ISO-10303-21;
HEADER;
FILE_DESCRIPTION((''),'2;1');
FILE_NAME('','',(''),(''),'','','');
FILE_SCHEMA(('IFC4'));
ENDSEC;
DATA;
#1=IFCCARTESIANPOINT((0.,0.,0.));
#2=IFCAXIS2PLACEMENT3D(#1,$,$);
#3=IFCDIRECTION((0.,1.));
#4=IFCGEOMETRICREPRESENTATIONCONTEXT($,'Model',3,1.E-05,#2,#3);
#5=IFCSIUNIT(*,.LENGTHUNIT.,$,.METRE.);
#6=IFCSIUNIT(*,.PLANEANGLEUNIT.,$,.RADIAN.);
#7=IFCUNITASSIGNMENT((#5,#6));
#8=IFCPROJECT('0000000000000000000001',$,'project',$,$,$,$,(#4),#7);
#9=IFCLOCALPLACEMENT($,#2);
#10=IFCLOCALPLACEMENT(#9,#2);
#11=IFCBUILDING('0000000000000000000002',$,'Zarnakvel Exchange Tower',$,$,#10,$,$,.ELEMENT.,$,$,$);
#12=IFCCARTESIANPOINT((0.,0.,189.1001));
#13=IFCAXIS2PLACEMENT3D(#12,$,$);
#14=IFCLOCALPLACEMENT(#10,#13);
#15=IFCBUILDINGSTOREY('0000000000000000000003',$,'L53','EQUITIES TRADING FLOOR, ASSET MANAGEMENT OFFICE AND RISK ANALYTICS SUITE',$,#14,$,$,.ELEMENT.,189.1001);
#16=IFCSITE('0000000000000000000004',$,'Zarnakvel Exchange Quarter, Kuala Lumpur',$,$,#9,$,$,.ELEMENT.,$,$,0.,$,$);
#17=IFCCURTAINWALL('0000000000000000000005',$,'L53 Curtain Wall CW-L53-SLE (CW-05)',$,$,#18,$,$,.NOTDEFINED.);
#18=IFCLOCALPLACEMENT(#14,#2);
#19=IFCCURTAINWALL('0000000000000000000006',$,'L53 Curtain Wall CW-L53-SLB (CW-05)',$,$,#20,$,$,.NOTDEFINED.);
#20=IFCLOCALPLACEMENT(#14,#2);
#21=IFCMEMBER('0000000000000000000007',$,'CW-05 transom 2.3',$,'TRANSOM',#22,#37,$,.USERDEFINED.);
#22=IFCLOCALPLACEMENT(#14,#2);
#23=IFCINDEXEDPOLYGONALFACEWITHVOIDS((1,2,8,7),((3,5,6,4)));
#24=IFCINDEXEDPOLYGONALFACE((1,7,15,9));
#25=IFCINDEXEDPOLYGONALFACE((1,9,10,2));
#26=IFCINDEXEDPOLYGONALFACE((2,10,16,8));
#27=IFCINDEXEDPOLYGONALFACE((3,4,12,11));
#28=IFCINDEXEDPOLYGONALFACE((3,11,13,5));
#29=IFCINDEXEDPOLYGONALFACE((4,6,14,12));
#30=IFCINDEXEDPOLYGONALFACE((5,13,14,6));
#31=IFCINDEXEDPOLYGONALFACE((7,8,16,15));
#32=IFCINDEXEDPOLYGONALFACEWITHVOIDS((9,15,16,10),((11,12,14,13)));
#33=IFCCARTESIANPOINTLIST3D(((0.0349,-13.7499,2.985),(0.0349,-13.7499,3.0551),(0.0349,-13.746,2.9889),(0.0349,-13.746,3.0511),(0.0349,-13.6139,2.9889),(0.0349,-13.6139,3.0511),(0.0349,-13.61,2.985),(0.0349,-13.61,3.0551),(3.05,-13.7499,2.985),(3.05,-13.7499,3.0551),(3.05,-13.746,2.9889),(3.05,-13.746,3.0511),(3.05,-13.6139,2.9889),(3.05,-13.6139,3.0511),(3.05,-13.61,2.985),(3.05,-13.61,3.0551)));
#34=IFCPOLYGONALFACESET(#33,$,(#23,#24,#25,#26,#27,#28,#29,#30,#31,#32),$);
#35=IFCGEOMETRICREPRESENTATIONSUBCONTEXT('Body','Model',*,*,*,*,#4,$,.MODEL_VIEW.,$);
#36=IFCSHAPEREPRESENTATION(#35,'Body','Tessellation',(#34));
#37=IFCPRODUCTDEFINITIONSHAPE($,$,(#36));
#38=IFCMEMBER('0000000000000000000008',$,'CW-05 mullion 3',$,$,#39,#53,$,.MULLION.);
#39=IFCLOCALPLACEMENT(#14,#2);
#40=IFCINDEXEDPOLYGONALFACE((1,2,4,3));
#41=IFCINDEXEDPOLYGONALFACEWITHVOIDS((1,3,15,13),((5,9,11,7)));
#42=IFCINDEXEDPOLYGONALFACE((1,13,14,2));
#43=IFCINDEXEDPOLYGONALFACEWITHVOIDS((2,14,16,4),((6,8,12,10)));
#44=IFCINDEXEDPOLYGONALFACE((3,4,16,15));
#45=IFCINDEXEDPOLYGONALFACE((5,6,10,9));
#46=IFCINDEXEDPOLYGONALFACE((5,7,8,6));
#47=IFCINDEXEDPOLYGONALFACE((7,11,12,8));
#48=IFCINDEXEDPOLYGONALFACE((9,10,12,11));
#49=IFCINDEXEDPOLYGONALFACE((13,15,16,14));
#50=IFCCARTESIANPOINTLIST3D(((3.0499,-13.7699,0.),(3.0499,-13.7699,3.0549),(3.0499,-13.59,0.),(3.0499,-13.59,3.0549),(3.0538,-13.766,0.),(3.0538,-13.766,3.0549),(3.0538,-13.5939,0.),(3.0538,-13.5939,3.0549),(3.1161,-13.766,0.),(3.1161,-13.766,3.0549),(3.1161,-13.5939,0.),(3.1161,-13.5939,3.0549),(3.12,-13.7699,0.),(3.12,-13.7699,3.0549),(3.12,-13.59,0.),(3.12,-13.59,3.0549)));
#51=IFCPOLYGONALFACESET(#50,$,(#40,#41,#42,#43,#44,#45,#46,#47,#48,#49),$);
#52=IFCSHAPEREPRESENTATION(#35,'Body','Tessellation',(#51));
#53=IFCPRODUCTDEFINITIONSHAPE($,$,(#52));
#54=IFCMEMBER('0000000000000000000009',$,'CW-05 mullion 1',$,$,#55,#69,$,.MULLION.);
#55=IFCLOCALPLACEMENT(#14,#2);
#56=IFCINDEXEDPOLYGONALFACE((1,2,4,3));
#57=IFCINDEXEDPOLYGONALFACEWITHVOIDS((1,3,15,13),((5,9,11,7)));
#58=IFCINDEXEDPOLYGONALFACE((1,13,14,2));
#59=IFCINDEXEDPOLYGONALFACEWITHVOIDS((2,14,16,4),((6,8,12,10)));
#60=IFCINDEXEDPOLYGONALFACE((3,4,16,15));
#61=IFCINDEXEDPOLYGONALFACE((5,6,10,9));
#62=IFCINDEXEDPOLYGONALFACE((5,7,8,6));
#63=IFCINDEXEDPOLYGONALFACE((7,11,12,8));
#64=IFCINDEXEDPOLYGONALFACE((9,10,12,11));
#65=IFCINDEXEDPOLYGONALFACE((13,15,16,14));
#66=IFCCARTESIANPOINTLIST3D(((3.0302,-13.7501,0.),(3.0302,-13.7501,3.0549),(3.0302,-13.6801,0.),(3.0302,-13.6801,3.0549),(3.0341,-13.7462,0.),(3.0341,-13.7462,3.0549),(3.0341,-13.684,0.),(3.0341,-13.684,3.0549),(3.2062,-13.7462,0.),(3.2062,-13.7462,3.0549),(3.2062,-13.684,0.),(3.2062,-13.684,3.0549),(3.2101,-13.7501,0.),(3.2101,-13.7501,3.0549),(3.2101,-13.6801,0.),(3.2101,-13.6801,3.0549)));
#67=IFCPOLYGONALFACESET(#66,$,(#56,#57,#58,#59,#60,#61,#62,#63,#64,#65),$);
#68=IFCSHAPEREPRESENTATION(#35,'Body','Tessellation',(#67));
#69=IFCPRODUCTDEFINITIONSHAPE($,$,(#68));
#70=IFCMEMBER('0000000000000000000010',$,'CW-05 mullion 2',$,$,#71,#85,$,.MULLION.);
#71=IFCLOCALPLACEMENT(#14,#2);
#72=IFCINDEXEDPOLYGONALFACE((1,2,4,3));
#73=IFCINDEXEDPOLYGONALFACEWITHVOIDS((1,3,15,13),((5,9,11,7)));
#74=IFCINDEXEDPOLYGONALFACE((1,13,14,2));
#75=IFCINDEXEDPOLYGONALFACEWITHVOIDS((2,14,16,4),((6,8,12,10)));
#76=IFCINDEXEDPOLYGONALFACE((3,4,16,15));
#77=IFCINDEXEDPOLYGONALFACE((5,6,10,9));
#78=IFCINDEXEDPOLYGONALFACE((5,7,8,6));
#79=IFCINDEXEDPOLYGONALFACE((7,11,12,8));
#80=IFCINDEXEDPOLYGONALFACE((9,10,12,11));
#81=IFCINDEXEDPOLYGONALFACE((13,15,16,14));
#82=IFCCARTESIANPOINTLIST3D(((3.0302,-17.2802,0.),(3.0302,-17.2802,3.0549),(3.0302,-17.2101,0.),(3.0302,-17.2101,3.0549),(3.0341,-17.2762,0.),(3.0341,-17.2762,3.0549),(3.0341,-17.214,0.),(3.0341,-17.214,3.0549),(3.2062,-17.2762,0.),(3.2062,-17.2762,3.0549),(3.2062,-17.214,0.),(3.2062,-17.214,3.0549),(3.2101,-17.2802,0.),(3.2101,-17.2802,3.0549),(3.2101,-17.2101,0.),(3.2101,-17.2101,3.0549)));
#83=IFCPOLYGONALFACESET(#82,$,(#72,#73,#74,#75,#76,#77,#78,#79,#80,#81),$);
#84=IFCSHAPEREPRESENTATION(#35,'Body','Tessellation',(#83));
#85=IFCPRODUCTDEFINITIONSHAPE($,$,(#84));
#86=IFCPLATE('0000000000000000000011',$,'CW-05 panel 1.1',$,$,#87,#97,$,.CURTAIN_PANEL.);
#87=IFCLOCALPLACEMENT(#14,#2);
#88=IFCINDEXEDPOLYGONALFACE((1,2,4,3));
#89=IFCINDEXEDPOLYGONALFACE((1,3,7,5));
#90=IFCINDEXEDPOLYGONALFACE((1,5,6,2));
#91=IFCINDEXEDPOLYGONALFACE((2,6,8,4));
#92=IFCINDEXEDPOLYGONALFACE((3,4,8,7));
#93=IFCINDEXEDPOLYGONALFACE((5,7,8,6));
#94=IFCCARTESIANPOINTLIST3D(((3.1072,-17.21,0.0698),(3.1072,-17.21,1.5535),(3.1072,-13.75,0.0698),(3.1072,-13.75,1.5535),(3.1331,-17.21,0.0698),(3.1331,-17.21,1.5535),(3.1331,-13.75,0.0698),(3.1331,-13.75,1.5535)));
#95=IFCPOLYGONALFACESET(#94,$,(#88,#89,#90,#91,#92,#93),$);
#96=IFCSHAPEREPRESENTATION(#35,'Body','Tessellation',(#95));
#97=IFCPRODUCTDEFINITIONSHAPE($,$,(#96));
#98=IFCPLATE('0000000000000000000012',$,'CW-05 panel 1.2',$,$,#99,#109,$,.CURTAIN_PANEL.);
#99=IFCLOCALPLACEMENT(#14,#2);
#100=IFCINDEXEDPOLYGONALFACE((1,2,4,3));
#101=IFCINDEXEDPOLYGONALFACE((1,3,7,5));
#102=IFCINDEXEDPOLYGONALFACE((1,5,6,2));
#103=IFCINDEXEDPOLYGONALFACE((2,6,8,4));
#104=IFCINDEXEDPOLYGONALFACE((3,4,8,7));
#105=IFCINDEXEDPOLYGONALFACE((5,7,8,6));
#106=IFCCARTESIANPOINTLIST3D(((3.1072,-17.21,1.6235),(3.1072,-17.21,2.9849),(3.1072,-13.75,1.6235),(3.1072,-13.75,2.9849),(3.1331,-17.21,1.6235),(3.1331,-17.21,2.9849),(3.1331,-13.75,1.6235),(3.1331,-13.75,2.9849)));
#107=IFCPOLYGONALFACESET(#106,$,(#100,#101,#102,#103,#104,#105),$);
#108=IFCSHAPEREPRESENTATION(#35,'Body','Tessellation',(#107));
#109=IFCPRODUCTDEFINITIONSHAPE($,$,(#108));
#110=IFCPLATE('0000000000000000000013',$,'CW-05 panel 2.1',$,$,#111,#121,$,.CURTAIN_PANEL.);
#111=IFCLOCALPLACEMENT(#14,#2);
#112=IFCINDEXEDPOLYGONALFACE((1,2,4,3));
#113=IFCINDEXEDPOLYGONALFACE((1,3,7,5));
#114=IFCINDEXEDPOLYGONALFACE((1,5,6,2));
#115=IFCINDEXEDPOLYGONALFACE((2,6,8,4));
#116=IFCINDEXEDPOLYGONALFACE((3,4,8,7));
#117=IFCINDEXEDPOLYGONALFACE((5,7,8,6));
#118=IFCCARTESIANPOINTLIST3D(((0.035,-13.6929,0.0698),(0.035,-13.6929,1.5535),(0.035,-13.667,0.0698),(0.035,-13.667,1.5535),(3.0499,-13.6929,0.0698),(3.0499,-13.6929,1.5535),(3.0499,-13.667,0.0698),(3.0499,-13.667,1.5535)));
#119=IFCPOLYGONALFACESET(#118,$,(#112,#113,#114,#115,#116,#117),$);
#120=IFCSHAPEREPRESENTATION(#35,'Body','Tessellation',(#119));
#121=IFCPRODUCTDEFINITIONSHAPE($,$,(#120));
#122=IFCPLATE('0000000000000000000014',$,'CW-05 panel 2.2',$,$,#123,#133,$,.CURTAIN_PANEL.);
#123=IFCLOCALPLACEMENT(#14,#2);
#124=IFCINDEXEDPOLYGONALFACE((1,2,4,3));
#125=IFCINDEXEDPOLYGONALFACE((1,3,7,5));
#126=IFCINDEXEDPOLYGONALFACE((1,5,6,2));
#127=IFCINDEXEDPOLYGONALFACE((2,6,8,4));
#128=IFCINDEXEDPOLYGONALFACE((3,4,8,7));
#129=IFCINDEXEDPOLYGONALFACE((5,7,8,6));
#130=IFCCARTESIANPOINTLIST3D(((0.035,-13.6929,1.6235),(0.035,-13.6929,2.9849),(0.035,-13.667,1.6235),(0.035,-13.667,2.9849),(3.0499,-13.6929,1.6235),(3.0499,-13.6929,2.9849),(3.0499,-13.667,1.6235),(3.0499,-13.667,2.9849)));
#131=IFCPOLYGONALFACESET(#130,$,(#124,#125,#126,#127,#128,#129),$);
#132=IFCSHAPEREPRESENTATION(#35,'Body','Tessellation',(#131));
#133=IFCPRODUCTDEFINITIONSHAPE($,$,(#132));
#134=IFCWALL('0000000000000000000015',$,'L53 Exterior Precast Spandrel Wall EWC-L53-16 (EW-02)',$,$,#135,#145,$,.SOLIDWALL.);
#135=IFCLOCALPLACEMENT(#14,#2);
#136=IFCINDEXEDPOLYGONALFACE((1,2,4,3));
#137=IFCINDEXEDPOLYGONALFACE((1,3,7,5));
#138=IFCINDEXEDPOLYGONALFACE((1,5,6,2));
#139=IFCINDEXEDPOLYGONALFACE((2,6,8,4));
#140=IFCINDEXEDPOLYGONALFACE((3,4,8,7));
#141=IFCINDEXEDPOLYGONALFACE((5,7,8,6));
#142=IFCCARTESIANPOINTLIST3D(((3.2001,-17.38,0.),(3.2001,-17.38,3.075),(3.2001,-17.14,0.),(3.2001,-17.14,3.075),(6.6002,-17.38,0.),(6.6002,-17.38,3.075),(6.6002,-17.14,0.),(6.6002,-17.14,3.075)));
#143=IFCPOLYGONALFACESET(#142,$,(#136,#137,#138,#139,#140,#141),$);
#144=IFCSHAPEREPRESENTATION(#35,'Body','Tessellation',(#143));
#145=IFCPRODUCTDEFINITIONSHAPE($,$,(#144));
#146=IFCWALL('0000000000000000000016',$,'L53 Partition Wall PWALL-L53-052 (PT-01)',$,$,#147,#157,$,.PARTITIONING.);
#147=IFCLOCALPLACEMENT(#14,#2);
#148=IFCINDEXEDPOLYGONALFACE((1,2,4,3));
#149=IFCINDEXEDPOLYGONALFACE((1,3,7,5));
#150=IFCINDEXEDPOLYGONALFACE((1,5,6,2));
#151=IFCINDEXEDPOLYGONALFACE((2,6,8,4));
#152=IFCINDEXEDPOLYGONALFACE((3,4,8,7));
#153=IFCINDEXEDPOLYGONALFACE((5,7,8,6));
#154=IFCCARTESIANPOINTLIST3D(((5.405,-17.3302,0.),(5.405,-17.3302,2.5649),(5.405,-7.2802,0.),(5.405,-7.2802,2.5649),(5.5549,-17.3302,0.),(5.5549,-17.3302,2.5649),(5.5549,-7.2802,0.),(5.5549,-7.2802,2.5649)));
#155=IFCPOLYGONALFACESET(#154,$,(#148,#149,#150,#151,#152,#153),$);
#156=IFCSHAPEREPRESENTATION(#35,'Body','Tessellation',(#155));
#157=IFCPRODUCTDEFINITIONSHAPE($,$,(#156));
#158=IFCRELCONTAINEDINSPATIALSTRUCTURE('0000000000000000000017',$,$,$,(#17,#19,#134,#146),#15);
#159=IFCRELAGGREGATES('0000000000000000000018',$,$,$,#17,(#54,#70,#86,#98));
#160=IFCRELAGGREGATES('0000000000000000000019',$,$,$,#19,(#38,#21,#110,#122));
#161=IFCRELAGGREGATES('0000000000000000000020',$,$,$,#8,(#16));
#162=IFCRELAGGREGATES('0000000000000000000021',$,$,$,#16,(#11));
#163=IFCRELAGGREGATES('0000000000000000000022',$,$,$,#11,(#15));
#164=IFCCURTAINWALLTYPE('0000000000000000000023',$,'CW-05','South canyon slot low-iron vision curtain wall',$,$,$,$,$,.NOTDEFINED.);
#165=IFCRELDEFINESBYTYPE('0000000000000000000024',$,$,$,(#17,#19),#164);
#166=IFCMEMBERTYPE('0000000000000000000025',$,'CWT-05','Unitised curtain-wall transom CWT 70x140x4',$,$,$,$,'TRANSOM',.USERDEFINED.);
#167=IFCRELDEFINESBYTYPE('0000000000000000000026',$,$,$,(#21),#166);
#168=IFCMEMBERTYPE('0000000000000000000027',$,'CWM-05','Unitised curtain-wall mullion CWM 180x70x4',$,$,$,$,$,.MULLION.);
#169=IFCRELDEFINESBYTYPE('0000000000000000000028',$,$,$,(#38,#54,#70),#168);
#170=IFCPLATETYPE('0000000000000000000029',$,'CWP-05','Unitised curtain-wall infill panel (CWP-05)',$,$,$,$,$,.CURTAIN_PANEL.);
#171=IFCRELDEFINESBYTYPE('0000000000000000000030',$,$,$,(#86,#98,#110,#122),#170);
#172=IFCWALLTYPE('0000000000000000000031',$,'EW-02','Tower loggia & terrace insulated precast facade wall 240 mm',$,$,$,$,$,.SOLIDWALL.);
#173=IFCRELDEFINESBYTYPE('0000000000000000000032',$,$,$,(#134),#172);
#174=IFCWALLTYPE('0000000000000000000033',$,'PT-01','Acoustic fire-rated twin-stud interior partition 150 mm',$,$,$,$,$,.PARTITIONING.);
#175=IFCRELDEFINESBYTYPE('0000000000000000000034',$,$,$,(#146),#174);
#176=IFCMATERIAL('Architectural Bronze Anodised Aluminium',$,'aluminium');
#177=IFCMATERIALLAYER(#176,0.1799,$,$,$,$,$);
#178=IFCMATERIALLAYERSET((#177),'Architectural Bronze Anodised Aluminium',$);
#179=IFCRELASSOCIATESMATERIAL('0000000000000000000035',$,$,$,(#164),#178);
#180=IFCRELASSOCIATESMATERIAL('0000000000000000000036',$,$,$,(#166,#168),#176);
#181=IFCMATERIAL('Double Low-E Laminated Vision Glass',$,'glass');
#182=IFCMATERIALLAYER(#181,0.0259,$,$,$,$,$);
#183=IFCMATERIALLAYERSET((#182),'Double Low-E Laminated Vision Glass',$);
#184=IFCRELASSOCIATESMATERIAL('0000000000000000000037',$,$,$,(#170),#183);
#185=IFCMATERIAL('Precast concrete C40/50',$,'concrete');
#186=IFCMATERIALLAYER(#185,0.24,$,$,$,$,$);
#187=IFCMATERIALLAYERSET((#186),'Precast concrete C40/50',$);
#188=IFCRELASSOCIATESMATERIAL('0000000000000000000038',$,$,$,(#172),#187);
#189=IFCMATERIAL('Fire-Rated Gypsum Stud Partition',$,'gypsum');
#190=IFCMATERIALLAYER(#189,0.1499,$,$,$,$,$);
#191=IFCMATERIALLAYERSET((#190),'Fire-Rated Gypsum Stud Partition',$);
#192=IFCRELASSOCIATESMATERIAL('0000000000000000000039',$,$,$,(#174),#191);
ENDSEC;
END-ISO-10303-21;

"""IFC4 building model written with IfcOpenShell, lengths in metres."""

from ifc_helpers import new_model, si_unit, direction, frame, frame_2d, origin, origin_2d, place, context, subcontext, project, spatial, rectangle, hollow_rectangle, extrude, source, transform, mapped, material, layer, layer_set, material_profile, profile_set, type_object, element, aggregate, save


model = new_model("IFC4")

# Units and contexts
model_context = context("Model", 3, precision=1e-05, world=origin(), true_north=direction((0.0, 1.0)))
body_context = subcontext(model_context, "Body", "Model", "MODEL_VIEW")
ifc_project = project(units=[si_unit("LENGTHUNIT", "METRE"), si_unit("PLANEANGLEUNIT", "RADIAN")], contexts=[model_context])

# Site, building, storey
site_placement = place(None, origin())
site = spatial("IfcSite", under=ifc_project, at=site_placement, Name="Zarnakvel Exchange Quarter, Kuala Lumpur", CompositionType="ELEMENT", RefElevation=0.0)
building_placement = place(site_placement, origin())
building = spatial("IfcBuilding", under=site, at=building_placement, Name="Zarnakvel Exchange Tower", CompositionType="ELEMENT")
storey_placement = place(building_placement, frame((0.0, 0.0, 189.1001)))
storey = spatial("IfcBuildingStorey", under=building, at=storey_placement, Name="L53", Description="EQUITIES TRADING FLOOR, ASSET MANAGEMENT OFFICE AND RISK ANALYTICS SUITE", CompositionType="ELEMENT", Elevation=189.1001)

# Curtain walls, members
ifc_material_1 = material(Name="Architectural Bronze Anodised Aluminium", Category="aluminium")
ifc_layer_1 = layer(ifc_material_1, 0.1799)
ifc_layer_set_1 = layer_set([ifc_layer_1], Name="Architectural Bronze Anodised Aluminium")
curtain_wall_type = type_object("IfcCurtainWallType", Name="CW-05", Description="South canyon slot low-iron vision curtain wall", PredefinedType="NOTDEFINED", material=ifc_layer_set_1)
curtain_wall_1_placement = place(storey_placement, origin())
curtain_wall_1 = element("IfcCurtainWall", 1, at=curtain_wall_1_placement, inside=storey, type_object=curtain_wall_type, Name="L53 Curtain Wall CW-L53-SLE (CW-05)", PredefinedType="NOTDEFINED")
ifc_material_profile_1 = material_profile(ifc_material_1, hollow_rectangle(XDim=0.1399, YDim=0.0701, WallThickness=0.0039, at=origin_2d()))
ifc_profile_set_1 = profile_set([ifc_material_profile_1], Name="Architectural Bronze Anodised Aluminium")
member_type_1 = type_object("IfcMemberType", Name="CWT-05", Description="Unitised curtain-wall transom CWT 70x140x4", ElementType="TRANSOM", PredefinedType="USERDEFINED", material=ifc_profile_set_1)
curtain_wall_2_placement = place(storey_placement, origin())
curtain_wall_2 = element("IfcCurtainWall", 2, at=curtain_wall_2_placement, inside=storey, type_object=curtain_wall_type, Name="L53 Curtain Wall CW-L53-SLB (CW-05)", PredefinedType="NOTDEFINED")
shared_shape_1 = source(origin(), body_context, "Body", "SweptSolid", [
    extrude(hollow_rectangle(XDim=0.1399, YDim=0.0701, WallThickness=0.0039, at=origin_2d()), origin(), (0.0, 0.0, 1.0), 3.0151),
])
member_1_placement = place(storey_placement, frame((0.0349, -13.6799, 3.02), z_axis=(1.0, 0.0, 0.0), x_axis=(0.0, 1.0, 0.0)))
member_1 = element("IfcMember", 3, at=member_1_placement, type_object=member_type_1, Name="CW-05 transom 2.3", ObjectType="TRANSOM", PredefinedType="USERDEFINED", context=body_context, shape_type="MappedRepresentation", body=[
    mapped(shared_shape_1, transform((0.0, 0.0, 0.0), x_axis=(1.0, 0.0, 0.0), y_axis=(0.0, 1.0, 0.0), z_axis=(0.0, 0.0, 1.0), scale=1.0)),
])
ifc_material_profile_2 = material_profile(ifc_material_1, hollow_rectangle(XDim=0.1799, YDim=0.0701, WallThickness=0.0039, at=origin_2d()))
ifc_profile_set_2 = profile_set([ifc_material_profile_2], Name="Architectural Bronze Anodised Aluminium")
member_type_2 = type_object("IfcMemberType", Name="CWM-05", Description="Unitised curtain-wall mullion CWM 180x70x4", PredefinedType="MULLION", material=ifc_profile_set_2)
shared_shape_2 = source(origin(), body_context, "Body", "SweptSolid", [
    extrude(hollow_rectangle(XDim=0.1799, YDim=0.0701, WallThickness=0.0039, at=origin_2d()), origin(), (0.0, 0.0, 1.0), 3.0549),
])
member_2_placement = place(storey_placement, frame((3.085, -13.6799, 0.0), z_axis=(0.0, 0.0, 1.0), x_axis=(0.0, 1.0, 0.0)))
member_2 = element("IfcMember", 4, at=member_2_placement, type_object=member_type_2, Name="CW-05 mullion 3", PredefinedType="MULLION", context=body_context, shape_type="MappedRepresentation", body=[
    mapped(shared_shape_2, transform((0.0, 0.0, 0.0), x_axis=(1.0, 0.0, 0.0), y_axis=(0.0, 1.0, 0.0), z_axis=(0.0, 0.0, 1.0), scale=1.0)),
])

# Members
member_3_placement = place(storey_placement, frame((3.1201, -13.7151, 0.0), z_axis=(0.0, 0.0, 1.0), x_axis=(1.0, 0.0, 0.0)))
member_3 = element("IfcMember", 5, at=member_3_placement, type_object=member_type_2, Name="CW-05 mullion 1", PredefinedType="MULLION", context=body_context, shape_type="MappedRepresentation", body=[
    mapped(shared_shape_2, transform((0.0, 0.0, 0.0), x_axis=(1.0, 0.0, 0.0), y_axis=(0.0, 1.0, 0.0), z_axis=(0.0, 0.0, 1.0), scale=1.0)),
])
member_4_placement = place(storey_placement, frame((3.1201, -17.2451, 0.0), z_axis=(0.0, 0.0, 1.0), x_axis=(1.0, 0.0, 0.0)))
member_4 = element("IfcMember", 6, at=member_4_placement, type_object=member_type_2, Name="CW-05 mullion 2", PredefinedType="MULLION", context=body_context, shape_type="MappedRepresentation", body=[
    mapped(shared_shape_2, transform((0.0, 0.0, 0.0), x_axis=(1.0, 0.0, 0.0), y_axis=(0.0, 1.0, 0.0), z_axis=(0.0, 0.0, 1.0), scale=1.0)),
])

# Plates
ifc_material_2 = material(Name="Double Low-E Laminated Vision Glass", Category="glass")
ifc_layer_2 = layer(ifc_material_2, 0.0259)
ifc_layer_set_2 = layer_set([ifc_layer_2], Name="Double Low-E Laminated Vision Glass")
plate_type = type_object("IfcPlateType", Name="CWP-05", Description="Unitised curtain-wall infill panel (CWP-05)", PredefinedType="CURTAIN_PANEL", material=ifc_layer_set_2)
shared_shape_3 = source(origin(), body_context, "Body", "SweptSolid", [
    extrude(rectangle(XDim=3.46, YDim=0.0259, at=origin_2d()), origin(), (0.0, 0.0, 1.0), 1.4836),
])
plate_1_placement = place(storey_placement, frame((3.1201, -15.48, 0.0698), z_axis=(0.0, 0.0, 1.0), x_axis=(0.0, -1.0, 0.0)))
plate_1 = element("IfcPlate", 7, at=plate_1_placement, type_object=plate_type, Name="CW-05 panel 1.1", PredefinedType="CURTAIN_PANEL", context=body_context, shape_type="MappedRepresentation", body=[
    mapped(shared_shape_3, transform((0.0, 0.0, 0.0), x_axis=(1.0, 0.0, 0.0), y_axis=(0.0, 1.0, 0.0), z_axis=(0.0, 0.0, 1.0), scale=1.0)),
])
shared_shape_4 = source(origin(), body_context, "Body", "SweptSolid", [
    extrude(rectangle(XDim=3.46, YDim=0.0259, at=origin_2d()), origin(), (0.0, 0.0, 1.0), 1.3613),
])
plate_2_placement = place(storey_placement, frame((3.1201, -15.48, 1.6235), z_axis=(0.0, 0.0, 1.0), x_axis=(0.0, -1.0, 0.0)))
plate_2 = element("IfcPlate", 8, at=plate_2_placement, type_object=plate_type, Name="CW-05 panel 1.2", PredefinedType="CURTAIN_PANEL", context=body_context, shape_type="MappedRepresentation", body=[
    mapped(shared_shape_4, transform((0.0, 0.0, 0.0), x_axis=(1.0, 0.0, 0.0), y_axis=(0.0, 1.0, 0.0), z_axis=(0.0, 0.0, 1.0), scale=1.0)),
])
aggregate(curtain_wall_1, [member_3, member_4, plate_1, plate_2])
shared_shape_5 = source(origin(), body_context, "Body", "SweptSolid", [
    extrude(rectangle(XDim=3.0149, YDim=0.0259, at=origin_2d()), origin(), (0.0, 0.0, 1.0), 1.4836),
])
plate_3_placement = place(storey_placement, frame((1.5425, -13.6799, 0.0698), z_axis=(0.0, 0.0, 1.0), x_axis=(1.0, 0.0, 0.0)))
plate_3 = element("IfcPlate", 9, at=plate_3_placement, type_object=plate_type, Name="CW-05 panel 2.1", PredefinedType="CURTAIN_PANEL", context=body_context, shape_type="MappedRepresentation", body=[
    mapped(shared_shape_5, transform((0.0, 0.0, 0.0), x_axis=(1.0, 0.0, 0.0), y_axis=(0.0, 1.0, 0.0), z_axis=(0.0, 0.0, 1.0), scale=1.0)),
])
shared_shape_6 = source(origin(), body_context, "Body", "SweptSolid", [
    extrude(rectangle(XDim=3.0149, YDim=0.0259, at=origin_2d()), origin(), (0.0, 0.0, 1.0), 1.3613),
])
plate_4_placement = place(storey_placement, frame((1.5425, -13.6799, 1.6235), z_axis=(0.0, 0.0, 1.0), x_axis=(1.0, 0.0, 0.0)))
plate_4 = element("IfcPlate", 10, at=plate_4_placement, type_object=plate_type, Name="CW-05 panel 2.2", PredefinedType="CURTAIN_PANEL", context=body_context, shape_type="MappedRepresentation", body=[
    mapped(shared_shape_6, transform((0.0, 0.0, 0.0), x_axis=(1.0, 0.0, 0.0), y_axis=(0.0, 1.0, 0.0), z_axis=(0.0, 0.0, 1.0), scale=1.0)),
])
aggregate(curtain_wall_2, [member_2, member_1, plate_3, plate_4])

# Walls
ifc_material_3 = material(Name="Precast concrete C40/50", Category="concrete")
ifc_layer_3 = layer(ifc_material_3, 0.24)
ifc_layer_set_3 = layer_set([ifc_layer_3], Name="Precast concrete C40/50")
wall_type_1 = type_object("IfcWallType", Name="EW-02", Description="Tower loggia & terrace insulated precast facade wall 240 mm", PredefinedType="SOLIDWALL", material=ifc_layer_set_3)
wall_1_placement = place(storey_placement, frame((3.2, -17.26, 0.0), z_axis=(0.0, 0.0, 1.0), x_axis=(1.0, 0.0, 0.0)))
element("IfcWall", 11, at=wall_1_placement, inside=storey, type_object=wall_type_1, Name="L53 Exterior Precast Spandrel Wall EWC-L53-16 (EW-02)", PredefinedType="SOLIDWALL", context=body_context, shape_type="SweptSolid", body=[
    extrude(rectangle(XDim=3.4001, YDim=0.24, at=frame_2d((1.7002, 0.0))), origin(), (0.0, 0.0, 1.0), 3.075),
])
ifc_material_4 = material(Name="Fire-Rated Gypsum Stud Partition", Category="gypsum")
ifc_layer_4 = layer(ifc_material_4, 0.1499)
ifc_layer_set_4 = layer_set([ifc_layer_4], Name="Fire-Rated Gypsum Stud Partition")
wall_type_2 = type_object("IfcWallType", Name="PT-01", Description="Acoustic fire-rated twin-stud interior partition 150 mm", PredefinedType="PARTITIONING", material=ifc_layer_set_4)
wall_2_placement = place(storey_placement, frame((5.48, -17.3301, 0.0), z_axis=(0.0, 0.0, 1.0), x_axis=(0.0, 1.0, 0.0)))
element("IfcWall", 12, at=wall_2_placement, inside=storey, type_object=wall_type_2, Name="L53 Partition Wall PWALL-L53-052 (PT-01)", PredefinedType="PARTITIONING", context=body_context, shape_type="SweptSolid", body=[
    extrude(rectangle(XDim=10.05, YDim=0.1499, at=frame_2d((5.0249, 0.0))), origin(), (0.0, 0.0, 1.0), 2.5649),
])

save(model, "model.ifc")
